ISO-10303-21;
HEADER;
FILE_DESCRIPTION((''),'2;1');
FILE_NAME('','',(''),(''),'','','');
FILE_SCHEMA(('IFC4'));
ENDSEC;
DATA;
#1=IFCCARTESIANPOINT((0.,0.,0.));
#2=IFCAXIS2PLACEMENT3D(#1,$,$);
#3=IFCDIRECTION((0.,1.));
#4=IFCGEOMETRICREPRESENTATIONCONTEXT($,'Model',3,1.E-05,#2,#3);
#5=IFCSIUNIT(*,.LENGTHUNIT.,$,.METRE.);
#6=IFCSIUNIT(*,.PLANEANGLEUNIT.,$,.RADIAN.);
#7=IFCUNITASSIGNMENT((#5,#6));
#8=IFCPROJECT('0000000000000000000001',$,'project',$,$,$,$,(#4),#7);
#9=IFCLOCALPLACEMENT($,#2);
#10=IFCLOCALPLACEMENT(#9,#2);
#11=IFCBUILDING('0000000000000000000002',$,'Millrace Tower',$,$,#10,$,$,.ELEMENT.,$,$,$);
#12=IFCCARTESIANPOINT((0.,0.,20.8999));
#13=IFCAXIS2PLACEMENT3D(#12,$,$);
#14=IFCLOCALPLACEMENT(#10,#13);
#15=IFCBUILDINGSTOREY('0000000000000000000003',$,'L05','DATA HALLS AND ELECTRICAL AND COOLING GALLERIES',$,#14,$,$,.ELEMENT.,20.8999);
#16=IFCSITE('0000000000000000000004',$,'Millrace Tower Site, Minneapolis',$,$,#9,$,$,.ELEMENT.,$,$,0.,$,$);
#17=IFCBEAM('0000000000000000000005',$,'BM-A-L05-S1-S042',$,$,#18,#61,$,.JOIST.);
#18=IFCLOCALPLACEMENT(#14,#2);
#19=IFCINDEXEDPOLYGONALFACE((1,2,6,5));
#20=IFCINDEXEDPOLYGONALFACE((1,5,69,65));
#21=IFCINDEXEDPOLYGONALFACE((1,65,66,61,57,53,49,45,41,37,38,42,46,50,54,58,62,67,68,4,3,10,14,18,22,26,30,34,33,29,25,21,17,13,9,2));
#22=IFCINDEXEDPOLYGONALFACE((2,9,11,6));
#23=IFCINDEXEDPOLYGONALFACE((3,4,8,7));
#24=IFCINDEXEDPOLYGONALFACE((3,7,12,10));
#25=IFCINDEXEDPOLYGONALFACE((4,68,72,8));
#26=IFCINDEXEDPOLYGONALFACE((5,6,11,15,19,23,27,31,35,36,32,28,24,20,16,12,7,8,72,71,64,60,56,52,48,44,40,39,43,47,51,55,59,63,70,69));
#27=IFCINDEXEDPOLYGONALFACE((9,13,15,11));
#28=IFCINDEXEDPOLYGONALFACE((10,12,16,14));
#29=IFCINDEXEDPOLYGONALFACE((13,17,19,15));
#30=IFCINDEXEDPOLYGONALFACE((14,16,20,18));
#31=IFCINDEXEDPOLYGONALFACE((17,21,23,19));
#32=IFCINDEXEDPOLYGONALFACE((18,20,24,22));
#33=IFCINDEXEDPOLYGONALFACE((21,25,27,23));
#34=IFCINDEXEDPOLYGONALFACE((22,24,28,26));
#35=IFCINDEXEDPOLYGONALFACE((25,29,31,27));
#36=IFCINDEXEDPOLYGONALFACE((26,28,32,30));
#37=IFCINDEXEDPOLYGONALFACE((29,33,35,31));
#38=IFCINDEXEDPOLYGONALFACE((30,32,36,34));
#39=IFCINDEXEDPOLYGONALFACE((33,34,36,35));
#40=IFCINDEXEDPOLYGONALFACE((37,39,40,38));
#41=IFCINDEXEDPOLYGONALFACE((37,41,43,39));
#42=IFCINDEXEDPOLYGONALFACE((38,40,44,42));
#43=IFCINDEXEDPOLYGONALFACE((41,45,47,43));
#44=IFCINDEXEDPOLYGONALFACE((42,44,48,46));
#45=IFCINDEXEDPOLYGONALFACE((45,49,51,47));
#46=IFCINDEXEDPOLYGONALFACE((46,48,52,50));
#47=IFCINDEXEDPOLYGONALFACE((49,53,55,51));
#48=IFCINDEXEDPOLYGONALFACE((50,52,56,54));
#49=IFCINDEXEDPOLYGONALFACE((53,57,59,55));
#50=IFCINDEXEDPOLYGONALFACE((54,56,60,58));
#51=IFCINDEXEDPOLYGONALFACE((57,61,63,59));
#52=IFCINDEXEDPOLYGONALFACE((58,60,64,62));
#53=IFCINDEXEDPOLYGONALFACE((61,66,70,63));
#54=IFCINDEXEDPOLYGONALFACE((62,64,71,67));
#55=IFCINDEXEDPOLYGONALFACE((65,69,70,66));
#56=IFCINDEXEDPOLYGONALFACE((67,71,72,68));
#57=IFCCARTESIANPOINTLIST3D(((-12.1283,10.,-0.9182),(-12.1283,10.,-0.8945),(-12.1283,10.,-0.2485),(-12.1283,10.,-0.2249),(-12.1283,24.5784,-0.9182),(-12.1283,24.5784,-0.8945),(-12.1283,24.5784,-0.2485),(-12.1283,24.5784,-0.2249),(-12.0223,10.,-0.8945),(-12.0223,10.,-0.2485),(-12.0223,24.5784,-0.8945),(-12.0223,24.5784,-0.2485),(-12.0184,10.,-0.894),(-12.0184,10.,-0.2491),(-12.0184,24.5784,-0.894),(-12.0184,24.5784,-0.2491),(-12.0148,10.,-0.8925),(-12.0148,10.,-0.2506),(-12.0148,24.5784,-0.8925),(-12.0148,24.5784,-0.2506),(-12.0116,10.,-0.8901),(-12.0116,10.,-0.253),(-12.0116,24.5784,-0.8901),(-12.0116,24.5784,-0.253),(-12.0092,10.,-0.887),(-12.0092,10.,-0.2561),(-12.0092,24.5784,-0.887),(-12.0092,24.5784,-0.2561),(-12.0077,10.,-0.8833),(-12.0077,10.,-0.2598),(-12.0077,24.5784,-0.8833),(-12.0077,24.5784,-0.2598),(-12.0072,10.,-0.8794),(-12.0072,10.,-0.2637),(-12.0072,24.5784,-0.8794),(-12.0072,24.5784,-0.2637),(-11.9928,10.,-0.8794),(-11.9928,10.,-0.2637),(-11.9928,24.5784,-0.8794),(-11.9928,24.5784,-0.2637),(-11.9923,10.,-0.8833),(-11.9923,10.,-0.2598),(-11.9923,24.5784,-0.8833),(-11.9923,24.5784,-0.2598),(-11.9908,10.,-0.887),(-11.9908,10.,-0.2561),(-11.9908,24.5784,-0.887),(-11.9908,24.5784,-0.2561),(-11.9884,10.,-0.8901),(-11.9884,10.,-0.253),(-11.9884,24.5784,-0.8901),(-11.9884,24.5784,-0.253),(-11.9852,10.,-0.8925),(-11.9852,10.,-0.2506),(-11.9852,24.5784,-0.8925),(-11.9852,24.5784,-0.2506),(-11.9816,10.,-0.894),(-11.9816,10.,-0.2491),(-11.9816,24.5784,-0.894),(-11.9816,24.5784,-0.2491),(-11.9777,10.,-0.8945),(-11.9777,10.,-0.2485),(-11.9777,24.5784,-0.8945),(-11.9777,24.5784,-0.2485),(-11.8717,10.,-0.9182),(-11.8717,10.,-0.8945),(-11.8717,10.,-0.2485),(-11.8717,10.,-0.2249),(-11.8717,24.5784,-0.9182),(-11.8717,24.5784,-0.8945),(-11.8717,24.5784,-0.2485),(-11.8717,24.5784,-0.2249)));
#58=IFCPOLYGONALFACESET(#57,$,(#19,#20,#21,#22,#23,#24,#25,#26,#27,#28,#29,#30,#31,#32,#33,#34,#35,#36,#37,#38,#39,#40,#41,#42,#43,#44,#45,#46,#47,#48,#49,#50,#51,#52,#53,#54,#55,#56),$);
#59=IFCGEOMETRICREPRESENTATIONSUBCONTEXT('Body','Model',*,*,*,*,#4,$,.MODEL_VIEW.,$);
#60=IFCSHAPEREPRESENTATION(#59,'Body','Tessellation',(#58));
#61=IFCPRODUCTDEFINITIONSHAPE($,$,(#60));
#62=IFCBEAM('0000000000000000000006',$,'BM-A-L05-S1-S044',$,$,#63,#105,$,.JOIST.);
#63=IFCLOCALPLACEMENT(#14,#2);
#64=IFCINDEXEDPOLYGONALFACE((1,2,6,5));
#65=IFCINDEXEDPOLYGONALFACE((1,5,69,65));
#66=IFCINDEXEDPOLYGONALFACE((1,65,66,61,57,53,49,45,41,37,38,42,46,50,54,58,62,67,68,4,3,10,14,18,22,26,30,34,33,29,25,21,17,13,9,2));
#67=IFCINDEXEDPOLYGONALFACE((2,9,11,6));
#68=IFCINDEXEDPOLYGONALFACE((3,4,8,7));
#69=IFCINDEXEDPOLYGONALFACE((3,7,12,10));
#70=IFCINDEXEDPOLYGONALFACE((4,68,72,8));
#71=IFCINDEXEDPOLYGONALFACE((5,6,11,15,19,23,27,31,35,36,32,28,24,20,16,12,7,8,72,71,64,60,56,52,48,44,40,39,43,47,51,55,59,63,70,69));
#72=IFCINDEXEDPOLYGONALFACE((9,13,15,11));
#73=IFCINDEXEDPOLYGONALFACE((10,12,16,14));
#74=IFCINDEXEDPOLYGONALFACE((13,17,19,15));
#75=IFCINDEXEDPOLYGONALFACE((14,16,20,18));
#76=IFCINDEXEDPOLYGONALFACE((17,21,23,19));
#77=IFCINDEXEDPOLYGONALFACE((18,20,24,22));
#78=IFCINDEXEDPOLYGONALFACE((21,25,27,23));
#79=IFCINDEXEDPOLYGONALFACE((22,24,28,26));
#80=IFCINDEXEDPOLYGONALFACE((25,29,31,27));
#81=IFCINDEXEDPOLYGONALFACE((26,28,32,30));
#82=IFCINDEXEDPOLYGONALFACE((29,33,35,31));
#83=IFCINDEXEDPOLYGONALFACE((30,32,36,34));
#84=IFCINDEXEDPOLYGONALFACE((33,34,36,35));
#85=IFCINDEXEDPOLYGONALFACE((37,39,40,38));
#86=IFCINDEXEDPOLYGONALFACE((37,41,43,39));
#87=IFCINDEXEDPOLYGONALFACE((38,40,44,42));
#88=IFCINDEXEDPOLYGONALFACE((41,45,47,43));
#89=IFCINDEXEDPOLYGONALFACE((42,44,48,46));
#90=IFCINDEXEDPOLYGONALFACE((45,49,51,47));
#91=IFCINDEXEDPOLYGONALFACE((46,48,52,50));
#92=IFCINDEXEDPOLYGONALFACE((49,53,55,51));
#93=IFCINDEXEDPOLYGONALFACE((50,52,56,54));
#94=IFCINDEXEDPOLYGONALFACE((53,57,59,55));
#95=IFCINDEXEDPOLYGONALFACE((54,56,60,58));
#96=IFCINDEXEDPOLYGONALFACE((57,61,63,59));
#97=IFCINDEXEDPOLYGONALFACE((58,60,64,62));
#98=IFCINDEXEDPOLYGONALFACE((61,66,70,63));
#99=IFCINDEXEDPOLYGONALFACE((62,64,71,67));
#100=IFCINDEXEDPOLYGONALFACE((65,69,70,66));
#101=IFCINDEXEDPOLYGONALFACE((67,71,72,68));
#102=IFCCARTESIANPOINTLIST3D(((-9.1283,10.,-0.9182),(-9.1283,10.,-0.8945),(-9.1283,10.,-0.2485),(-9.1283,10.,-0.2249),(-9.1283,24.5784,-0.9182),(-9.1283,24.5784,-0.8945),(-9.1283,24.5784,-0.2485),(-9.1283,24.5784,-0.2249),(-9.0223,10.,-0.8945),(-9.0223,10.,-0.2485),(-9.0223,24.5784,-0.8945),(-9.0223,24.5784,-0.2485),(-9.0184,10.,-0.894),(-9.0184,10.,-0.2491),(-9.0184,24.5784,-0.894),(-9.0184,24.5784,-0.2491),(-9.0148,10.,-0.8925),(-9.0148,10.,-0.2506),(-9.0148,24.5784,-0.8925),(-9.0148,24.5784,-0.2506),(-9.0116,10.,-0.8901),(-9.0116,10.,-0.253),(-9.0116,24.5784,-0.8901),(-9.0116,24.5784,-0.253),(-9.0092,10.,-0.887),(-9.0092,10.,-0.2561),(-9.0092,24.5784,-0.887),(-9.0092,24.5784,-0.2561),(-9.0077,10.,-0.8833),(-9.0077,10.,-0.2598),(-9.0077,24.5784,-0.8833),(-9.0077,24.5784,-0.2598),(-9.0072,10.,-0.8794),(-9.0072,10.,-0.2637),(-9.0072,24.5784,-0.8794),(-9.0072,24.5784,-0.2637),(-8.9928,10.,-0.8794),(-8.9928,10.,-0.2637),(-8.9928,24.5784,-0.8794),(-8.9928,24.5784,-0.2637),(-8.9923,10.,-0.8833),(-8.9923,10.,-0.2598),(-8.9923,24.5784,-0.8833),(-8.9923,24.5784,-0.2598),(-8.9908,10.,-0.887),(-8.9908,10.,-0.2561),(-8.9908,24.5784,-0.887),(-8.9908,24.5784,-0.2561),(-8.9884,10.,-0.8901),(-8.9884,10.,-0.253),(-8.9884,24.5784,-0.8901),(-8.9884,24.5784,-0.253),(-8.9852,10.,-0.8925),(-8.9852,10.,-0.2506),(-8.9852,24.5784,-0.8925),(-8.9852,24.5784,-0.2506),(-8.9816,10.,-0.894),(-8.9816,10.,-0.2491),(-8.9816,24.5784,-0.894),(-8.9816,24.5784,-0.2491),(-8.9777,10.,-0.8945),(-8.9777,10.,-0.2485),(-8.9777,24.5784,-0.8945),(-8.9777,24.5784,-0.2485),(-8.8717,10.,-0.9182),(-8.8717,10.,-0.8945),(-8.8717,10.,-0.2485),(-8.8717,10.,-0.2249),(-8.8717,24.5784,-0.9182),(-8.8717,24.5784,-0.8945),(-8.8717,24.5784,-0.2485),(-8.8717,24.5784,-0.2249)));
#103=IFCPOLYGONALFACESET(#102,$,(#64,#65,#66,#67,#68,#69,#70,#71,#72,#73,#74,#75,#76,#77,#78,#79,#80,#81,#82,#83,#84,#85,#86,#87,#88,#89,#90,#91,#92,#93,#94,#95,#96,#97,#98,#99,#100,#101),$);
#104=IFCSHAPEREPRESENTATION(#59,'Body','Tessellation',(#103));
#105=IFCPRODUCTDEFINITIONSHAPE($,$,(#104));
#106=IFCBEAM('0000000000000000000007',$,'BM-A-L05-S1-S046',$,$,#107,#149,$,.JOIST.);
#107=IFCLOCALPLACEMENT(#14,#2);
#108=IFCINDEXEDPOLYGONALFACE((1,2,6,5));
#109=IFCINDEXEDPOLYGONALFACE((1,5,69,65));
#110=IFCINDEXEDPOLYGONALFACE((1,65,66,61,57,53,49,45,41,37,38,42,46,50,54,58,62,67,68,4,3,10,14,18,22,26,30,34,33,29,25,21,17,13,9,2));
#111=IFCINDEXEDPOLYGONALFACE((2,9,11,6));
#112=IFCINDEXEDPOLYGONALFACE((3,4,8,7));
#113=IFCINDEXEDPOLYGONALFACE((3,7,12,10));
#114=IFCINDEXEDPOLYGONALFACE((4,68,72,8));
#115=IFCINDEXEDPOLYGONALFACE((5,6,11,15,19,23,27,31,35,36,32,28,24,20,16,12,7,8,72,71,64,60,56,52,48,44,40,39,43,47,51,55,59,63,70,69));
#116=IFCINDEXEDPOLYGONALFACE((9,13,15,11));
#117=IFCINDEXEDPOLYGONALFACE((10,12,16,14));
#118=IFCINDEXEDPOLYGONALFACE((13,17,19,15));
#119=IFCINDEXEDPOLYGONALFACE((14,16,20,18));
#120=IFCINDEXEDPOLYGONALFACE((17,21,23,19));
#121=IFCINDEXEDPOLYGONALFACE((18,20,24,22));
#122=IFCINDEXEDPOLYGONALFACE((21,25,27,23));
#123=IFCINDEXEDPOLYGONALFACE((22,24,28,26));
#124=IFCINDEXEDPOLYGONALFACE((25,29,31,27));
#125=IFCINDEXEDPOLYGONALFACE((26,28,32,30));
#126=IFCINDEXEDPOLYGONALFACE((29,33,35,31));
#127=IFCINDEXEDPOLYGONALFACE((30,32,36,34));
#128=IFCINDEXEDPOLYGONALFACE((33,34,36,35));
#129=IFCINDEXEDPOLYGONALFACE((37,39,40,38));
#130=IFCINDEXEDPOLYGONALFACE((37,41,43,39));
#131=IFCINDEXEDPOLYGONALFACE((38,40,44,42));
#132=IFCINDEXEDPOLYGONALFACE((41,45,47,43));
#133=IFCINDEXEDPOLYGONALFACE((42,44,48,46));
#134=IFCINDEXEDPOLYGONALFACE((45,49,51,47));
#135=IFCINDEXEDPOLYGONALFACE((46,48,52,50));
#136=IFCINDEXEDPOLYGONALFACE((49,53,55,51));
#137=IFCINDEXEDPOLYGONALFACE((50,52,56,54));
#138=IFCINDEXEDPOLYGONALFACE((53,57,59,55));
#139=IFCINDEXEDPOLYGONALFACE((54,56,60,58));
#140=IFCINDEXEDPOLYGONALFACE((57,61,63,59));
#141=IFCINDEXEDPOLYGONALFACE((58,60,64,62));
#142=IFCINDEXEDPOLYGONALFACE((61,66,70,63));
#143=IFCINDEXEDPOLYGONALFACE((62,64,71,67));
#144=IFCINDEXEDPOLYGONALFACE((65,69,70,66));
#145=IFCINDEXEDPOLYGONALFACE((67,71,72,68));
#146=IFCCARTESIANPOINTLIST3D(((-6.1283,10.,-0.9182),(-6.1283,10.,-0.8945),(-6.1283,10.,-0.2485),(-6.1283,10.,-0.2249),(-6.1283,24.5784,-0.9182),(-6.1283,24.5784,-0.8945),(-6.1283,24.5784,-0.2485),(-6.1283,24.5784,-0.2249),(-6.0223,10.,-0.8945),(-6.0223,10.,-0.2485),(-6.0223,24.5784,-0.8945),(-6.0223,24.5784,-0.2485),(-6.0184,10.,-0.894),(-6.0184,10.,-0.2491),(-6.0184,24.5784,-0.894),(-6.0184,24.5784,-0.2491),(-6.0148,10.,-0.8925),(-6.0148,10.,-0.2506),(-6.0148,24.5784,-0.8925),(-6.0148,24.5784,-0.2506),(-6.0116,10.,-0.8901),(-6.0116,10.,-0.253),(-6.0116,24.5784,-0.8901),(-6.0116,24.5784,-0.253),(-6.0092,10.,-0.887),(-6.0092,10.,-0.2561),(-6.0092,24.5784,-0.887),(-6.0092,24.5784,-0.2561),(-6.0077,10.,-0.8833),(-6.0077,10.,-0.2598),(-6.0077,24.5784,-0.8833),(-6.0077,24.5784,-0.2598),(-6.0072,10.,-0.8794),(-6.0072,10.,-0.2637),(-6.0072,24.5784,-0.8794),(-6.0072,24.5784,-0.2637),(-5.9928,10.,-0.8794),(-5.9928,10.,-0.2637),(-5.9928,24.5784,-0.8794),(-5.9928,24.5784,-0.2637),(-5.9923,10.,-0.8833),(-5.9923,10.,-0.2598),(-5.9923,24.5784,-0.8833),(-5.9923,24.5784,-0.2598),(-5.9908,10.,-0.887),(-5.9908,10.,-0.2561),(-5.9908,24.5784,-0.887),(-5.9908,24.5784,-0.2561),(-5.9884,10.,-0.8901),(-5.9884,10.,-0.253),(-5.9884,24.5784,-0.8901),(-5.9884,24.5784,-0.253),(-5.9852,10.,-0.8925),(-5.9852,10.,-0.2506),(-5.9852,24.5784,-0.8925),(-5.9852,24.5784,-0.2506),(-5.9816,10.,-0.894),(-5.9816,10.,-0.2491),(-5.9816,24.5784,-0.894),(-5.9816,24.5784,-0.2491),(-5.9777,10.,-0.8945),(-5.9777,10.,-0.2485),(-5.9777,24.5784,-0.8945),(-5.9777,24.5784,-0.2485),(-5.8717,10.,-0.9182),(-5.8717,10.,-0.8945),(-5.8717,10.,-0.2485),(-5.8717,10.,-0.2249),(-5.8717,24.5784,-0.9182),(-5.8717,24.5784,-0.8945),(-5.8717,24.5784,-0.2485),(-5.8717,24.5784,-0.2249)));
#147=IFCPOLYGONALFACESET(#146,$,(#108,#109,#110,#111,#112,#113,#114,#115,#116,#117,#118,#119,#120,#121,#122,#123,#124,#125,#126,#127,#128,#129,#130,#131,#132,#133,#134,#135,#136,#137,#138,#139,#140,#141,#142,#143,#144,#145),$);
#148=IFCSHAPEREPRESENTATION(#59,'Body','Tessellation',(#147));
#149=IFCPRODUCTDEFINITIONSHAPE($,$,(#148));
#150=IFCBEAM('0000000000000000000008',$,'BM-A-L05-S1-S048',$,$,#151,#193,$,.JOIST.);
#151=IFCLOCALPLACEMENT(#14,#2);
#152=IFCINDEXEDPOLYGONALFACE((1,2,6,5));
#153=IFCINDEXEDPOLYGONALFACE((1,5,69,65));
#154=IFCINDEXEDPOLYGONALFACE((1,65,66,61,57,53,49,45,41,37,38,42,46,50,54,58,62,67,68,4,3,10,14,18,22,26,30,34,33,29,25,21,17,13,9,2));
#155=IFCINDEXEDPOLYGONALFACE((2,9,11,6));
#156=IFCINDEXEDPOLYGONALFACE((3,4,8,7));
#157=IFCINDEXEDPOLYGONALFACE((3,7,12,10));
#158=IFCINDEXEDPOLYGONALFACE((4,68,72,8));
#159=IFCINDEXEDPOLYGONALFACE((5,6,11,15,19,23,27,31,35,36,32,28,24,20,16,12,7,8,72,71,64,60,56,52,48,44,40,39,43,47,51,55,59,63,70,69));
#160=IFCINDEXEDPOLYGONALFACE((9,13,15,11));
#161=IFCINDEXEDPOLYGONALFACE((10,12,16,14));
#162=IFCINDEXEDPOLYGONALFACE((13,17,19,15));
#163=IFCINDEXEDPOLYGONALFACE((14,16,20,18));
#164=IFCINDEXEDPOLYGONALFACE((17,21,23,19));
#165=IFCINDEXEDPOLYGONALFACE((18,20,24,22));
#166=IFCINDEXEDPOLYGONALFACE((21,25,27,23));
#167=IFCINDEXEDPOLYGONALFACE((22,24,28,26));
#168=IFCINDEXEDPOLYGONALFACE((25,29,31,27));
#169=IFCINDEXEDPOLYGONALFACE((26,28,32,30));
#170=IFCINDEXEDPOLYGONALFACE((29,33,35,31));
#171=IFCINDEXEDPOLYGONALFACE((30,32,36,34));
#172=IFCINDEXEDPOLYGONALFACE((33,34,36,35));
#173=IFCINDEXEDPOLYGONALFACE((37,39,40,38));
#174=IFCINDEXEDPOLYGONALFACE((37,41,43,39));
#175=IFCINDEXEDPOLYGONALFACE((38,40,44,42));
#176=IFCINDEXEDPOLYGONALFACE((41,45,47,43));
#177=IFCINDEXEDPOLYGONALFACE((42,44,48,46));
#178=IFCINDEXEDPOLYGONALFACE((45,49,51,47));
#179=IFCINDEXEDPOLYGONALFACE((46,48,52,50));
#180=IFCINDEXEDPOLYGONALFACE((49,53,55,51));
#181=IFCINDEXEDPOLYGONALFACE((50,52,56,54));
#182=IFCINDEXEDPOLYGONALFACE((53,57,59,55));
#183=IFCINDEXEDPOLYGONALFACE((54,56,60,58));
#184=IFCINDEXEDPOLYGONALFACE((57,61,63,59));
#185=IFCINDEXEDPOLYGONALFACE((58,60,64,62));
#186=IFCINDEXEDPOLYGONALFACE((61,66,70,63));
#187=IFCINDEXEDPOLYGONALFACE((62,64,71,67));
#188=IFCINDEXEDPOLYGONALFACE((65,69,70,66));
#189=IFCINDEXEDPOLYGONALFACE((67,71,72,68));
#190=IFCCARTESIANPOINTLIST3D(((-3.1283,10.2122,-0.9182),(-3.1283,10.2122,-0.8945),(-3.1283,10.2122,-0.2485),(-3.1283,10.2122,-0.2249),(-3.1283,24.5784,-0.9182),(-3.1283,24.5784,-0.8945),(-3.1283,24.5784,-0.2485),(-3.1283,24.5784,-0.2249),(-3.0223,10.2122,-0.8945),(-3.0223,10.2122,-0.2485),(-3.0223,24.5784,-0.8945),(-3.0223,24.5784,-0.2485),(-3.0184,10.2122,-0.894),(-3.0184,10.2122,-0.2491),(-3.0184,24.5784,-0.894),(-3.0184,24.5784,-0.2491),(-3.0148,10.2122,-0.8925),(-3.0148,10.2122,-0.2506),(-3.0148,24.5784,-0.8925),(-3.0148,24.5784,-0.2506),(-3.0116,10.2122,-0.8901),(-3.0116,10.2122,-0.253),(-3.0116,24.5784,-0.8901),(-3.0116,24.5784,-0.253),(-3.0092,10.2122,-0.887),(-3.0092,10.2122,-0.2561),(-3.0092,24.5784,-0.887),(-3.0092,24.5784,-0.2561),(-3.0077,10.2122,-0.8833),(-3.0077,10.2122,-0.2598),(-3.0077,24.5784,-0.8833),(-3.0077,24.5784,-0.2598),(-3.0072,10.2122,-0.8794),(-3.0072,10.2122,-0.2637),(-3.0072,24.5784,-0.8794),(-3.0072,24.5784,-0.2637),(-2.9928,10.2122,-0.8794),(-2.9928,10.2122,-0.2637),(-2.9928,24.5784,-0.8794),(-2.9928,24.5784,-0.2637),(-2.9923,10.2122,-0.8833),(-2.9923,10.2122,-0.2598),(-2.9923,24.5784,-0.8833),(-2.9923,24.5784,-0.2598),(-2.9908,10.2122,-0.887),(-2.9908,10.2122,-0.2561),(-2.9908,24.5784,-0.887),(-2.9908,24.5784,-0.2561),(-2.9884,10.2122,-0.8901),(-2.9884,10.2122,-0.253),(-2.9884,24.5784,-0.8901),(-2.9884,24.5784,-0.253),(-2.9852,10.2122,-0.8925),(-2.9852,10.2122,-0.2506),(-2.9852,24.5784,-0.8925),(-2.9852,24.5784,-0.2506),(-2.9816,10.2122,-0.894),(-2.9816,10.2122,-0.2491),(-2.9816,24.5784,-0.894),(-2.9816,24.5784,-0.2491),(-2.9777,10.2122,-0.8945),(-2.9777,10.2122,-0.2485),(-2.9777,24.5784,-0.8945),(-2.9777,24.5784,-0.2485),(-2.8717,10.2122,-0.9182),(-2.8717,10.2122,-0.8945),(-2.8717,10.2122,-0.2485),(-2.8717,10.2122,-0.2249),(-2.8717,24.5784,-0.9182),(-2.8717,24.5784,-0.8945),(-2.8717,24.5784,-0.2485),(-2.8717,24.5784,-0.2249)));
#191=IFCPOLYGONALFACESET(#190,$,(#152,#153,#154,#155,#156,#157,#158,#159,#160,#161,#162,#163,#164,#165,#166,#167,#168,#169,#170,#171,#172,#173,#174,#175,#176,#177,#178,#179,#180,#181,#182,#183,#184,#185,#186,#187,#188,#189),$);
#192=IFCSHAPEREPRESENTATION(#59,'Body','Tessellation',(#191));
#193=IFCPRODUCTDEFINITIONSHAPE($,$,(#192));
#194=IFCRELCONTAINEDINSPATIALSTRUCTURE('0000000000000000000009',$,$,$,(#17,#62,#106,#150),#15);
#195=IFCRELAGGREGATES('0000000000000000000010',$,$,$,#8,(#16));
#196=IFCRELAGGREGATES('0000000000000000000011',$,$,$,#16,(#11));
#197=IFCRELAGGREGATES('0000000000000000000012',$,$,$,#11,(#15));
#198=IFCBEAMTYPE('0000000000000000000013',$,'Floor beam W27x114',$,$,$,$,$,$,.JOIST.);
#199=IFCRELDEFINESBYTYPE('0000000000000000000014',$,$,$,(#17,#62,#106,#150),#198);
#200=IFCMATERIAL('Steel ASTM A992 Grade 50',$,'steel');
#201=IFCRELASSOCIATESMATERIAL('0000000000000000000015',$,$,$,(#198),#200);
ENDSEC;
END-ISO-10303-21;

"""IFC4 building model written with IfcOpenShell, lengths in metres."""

from ifc_helpers import new_model, si_unit, direction, frame, origin, origin_2d, place, context, subcontext, project, spatial, i_section, extrude, material, material_profile, profile_set, type_object, element, save


model = new_model("IFC4")

# Units and contexts
model_context = context("Model", 3, precision=1e-05, world=origin(), true_north=direction((0.0, 1.0)))
body_context = subcontext(model_context, "Body", "Model", "MODEL_VIEW")
ifc_project = project(units=[si_unit("LENGTHUNIT", "METRE"), si_unit("PLANEANGLEUNIT", "RADIAN")], contexts=[model_context])

# Site, building, storey
site_placement = place(None, origin())
site = spatial("IfcSite", under=ifc_project, at=site_placement, Name="Millrace Tower Site, Minneapolis", CompositionType="ELEMENT", RefElevation=0.0)
building_placement = place(site_placement, origin())
building = spatial("IfcBuilding", under=site, at=building_placement, Name="Millrace Tower", CompositionType="ELEMENT")
storey_placement = place(building_placement, frame((0.0, 0.0, 20.8999)))
storey = spatial("IfcBuildingStorey", under=building, at=storey_placement, Name="L05", Description="DATA HALLS AND ELECTRICAL AND COOLING GALLERIES", CompositionType="ELEMENT", Elevation=20.8999)

# Beams
ifc_material_1 = material(Name="Steel ASTM A992 Grade 50", Category="steel")
ifc_material_profile_1 = material_profile(ifc_material_1, i_section(OverallWidth=0.2566, OverallDepth=0.6934, WebThickness=0.0144, FlangeThickness=0.0237, FilletRadius=0.0151, at=origin_2d()))
ifc_profile_set_1 = profile_set([ifc_material_profile_1], Name="Steel ASTM A992 Grade 50")
beam_type_1 = type_object("IfcBeamType", Name="Floor beam W27x114", PredefinedType="JOIST", material=ifc_profile_set_1)
for number, where, z_axis, x_axis, name in (
    (1, (-12.0, 10.0, -0.5715), (0.0, 1.0, 0.0), (-1.0, 0.0, 0.0), "BM-A-L05-S1-S042"),
    (2, (-9.0, 10.0, -0.5715), (0.0, 1.0, 0.0), (-1.0, 0.0, 0.0), "BM-A-L05-S1-S044"),
    (3, (-6.0, 10.0, -0.5715), (0.0, 1.0, 0.0), (-1.0, 0.0, 0.0), "BM-A-L05-S1-S046"),
):
    element("IfcBeam", number, at=place(storey_placement, frame(where, z_axis=z_axis, x_axis=x_axis)), inside=storey, type_object=beam_type_1, Name=name, PredefinedType="JOIST", context=body_context, shape_type="SweptSolid", body=[
        extrude(i_section(OverallWidth=0.2566, OverallDepth=0.6934, WebThickness=0.0144, FlangeThickness=0.0237, FilletRadius=0.0151, at=origin_2d()), origin(), (0.0, 0.0, 1.0), 14.5784),
    ])
for number, where, z_axis, x_axis, name in (
    (4, (-3.0, 10.2122, -0.5715), (0.0, 1.0, 0.0), (-1.0, 0.0, 0.0), "BM-A-L05-S1-S048"),
):
    element("IfcBeam", number, at=place(storey_placement, frame(where, z_axis=z_axis, x_axis=x_axis)), inside=storey, type_object=beam_type_1, Name=name, PredefinedType="JOIST", context=body_context, shape_type="SweptSolid", body=[
        extrude(i_section(OverallWidth=0.2566, OverallDepth=0.6934, WebThickness=0.0144, FlangeThickness=0.0237, FilletRadius=0.0151, at=origin_2d()), origin(), (0.0, 0.0, 1.0), 14.3662),
    ])

save(model, "model.ifc")
